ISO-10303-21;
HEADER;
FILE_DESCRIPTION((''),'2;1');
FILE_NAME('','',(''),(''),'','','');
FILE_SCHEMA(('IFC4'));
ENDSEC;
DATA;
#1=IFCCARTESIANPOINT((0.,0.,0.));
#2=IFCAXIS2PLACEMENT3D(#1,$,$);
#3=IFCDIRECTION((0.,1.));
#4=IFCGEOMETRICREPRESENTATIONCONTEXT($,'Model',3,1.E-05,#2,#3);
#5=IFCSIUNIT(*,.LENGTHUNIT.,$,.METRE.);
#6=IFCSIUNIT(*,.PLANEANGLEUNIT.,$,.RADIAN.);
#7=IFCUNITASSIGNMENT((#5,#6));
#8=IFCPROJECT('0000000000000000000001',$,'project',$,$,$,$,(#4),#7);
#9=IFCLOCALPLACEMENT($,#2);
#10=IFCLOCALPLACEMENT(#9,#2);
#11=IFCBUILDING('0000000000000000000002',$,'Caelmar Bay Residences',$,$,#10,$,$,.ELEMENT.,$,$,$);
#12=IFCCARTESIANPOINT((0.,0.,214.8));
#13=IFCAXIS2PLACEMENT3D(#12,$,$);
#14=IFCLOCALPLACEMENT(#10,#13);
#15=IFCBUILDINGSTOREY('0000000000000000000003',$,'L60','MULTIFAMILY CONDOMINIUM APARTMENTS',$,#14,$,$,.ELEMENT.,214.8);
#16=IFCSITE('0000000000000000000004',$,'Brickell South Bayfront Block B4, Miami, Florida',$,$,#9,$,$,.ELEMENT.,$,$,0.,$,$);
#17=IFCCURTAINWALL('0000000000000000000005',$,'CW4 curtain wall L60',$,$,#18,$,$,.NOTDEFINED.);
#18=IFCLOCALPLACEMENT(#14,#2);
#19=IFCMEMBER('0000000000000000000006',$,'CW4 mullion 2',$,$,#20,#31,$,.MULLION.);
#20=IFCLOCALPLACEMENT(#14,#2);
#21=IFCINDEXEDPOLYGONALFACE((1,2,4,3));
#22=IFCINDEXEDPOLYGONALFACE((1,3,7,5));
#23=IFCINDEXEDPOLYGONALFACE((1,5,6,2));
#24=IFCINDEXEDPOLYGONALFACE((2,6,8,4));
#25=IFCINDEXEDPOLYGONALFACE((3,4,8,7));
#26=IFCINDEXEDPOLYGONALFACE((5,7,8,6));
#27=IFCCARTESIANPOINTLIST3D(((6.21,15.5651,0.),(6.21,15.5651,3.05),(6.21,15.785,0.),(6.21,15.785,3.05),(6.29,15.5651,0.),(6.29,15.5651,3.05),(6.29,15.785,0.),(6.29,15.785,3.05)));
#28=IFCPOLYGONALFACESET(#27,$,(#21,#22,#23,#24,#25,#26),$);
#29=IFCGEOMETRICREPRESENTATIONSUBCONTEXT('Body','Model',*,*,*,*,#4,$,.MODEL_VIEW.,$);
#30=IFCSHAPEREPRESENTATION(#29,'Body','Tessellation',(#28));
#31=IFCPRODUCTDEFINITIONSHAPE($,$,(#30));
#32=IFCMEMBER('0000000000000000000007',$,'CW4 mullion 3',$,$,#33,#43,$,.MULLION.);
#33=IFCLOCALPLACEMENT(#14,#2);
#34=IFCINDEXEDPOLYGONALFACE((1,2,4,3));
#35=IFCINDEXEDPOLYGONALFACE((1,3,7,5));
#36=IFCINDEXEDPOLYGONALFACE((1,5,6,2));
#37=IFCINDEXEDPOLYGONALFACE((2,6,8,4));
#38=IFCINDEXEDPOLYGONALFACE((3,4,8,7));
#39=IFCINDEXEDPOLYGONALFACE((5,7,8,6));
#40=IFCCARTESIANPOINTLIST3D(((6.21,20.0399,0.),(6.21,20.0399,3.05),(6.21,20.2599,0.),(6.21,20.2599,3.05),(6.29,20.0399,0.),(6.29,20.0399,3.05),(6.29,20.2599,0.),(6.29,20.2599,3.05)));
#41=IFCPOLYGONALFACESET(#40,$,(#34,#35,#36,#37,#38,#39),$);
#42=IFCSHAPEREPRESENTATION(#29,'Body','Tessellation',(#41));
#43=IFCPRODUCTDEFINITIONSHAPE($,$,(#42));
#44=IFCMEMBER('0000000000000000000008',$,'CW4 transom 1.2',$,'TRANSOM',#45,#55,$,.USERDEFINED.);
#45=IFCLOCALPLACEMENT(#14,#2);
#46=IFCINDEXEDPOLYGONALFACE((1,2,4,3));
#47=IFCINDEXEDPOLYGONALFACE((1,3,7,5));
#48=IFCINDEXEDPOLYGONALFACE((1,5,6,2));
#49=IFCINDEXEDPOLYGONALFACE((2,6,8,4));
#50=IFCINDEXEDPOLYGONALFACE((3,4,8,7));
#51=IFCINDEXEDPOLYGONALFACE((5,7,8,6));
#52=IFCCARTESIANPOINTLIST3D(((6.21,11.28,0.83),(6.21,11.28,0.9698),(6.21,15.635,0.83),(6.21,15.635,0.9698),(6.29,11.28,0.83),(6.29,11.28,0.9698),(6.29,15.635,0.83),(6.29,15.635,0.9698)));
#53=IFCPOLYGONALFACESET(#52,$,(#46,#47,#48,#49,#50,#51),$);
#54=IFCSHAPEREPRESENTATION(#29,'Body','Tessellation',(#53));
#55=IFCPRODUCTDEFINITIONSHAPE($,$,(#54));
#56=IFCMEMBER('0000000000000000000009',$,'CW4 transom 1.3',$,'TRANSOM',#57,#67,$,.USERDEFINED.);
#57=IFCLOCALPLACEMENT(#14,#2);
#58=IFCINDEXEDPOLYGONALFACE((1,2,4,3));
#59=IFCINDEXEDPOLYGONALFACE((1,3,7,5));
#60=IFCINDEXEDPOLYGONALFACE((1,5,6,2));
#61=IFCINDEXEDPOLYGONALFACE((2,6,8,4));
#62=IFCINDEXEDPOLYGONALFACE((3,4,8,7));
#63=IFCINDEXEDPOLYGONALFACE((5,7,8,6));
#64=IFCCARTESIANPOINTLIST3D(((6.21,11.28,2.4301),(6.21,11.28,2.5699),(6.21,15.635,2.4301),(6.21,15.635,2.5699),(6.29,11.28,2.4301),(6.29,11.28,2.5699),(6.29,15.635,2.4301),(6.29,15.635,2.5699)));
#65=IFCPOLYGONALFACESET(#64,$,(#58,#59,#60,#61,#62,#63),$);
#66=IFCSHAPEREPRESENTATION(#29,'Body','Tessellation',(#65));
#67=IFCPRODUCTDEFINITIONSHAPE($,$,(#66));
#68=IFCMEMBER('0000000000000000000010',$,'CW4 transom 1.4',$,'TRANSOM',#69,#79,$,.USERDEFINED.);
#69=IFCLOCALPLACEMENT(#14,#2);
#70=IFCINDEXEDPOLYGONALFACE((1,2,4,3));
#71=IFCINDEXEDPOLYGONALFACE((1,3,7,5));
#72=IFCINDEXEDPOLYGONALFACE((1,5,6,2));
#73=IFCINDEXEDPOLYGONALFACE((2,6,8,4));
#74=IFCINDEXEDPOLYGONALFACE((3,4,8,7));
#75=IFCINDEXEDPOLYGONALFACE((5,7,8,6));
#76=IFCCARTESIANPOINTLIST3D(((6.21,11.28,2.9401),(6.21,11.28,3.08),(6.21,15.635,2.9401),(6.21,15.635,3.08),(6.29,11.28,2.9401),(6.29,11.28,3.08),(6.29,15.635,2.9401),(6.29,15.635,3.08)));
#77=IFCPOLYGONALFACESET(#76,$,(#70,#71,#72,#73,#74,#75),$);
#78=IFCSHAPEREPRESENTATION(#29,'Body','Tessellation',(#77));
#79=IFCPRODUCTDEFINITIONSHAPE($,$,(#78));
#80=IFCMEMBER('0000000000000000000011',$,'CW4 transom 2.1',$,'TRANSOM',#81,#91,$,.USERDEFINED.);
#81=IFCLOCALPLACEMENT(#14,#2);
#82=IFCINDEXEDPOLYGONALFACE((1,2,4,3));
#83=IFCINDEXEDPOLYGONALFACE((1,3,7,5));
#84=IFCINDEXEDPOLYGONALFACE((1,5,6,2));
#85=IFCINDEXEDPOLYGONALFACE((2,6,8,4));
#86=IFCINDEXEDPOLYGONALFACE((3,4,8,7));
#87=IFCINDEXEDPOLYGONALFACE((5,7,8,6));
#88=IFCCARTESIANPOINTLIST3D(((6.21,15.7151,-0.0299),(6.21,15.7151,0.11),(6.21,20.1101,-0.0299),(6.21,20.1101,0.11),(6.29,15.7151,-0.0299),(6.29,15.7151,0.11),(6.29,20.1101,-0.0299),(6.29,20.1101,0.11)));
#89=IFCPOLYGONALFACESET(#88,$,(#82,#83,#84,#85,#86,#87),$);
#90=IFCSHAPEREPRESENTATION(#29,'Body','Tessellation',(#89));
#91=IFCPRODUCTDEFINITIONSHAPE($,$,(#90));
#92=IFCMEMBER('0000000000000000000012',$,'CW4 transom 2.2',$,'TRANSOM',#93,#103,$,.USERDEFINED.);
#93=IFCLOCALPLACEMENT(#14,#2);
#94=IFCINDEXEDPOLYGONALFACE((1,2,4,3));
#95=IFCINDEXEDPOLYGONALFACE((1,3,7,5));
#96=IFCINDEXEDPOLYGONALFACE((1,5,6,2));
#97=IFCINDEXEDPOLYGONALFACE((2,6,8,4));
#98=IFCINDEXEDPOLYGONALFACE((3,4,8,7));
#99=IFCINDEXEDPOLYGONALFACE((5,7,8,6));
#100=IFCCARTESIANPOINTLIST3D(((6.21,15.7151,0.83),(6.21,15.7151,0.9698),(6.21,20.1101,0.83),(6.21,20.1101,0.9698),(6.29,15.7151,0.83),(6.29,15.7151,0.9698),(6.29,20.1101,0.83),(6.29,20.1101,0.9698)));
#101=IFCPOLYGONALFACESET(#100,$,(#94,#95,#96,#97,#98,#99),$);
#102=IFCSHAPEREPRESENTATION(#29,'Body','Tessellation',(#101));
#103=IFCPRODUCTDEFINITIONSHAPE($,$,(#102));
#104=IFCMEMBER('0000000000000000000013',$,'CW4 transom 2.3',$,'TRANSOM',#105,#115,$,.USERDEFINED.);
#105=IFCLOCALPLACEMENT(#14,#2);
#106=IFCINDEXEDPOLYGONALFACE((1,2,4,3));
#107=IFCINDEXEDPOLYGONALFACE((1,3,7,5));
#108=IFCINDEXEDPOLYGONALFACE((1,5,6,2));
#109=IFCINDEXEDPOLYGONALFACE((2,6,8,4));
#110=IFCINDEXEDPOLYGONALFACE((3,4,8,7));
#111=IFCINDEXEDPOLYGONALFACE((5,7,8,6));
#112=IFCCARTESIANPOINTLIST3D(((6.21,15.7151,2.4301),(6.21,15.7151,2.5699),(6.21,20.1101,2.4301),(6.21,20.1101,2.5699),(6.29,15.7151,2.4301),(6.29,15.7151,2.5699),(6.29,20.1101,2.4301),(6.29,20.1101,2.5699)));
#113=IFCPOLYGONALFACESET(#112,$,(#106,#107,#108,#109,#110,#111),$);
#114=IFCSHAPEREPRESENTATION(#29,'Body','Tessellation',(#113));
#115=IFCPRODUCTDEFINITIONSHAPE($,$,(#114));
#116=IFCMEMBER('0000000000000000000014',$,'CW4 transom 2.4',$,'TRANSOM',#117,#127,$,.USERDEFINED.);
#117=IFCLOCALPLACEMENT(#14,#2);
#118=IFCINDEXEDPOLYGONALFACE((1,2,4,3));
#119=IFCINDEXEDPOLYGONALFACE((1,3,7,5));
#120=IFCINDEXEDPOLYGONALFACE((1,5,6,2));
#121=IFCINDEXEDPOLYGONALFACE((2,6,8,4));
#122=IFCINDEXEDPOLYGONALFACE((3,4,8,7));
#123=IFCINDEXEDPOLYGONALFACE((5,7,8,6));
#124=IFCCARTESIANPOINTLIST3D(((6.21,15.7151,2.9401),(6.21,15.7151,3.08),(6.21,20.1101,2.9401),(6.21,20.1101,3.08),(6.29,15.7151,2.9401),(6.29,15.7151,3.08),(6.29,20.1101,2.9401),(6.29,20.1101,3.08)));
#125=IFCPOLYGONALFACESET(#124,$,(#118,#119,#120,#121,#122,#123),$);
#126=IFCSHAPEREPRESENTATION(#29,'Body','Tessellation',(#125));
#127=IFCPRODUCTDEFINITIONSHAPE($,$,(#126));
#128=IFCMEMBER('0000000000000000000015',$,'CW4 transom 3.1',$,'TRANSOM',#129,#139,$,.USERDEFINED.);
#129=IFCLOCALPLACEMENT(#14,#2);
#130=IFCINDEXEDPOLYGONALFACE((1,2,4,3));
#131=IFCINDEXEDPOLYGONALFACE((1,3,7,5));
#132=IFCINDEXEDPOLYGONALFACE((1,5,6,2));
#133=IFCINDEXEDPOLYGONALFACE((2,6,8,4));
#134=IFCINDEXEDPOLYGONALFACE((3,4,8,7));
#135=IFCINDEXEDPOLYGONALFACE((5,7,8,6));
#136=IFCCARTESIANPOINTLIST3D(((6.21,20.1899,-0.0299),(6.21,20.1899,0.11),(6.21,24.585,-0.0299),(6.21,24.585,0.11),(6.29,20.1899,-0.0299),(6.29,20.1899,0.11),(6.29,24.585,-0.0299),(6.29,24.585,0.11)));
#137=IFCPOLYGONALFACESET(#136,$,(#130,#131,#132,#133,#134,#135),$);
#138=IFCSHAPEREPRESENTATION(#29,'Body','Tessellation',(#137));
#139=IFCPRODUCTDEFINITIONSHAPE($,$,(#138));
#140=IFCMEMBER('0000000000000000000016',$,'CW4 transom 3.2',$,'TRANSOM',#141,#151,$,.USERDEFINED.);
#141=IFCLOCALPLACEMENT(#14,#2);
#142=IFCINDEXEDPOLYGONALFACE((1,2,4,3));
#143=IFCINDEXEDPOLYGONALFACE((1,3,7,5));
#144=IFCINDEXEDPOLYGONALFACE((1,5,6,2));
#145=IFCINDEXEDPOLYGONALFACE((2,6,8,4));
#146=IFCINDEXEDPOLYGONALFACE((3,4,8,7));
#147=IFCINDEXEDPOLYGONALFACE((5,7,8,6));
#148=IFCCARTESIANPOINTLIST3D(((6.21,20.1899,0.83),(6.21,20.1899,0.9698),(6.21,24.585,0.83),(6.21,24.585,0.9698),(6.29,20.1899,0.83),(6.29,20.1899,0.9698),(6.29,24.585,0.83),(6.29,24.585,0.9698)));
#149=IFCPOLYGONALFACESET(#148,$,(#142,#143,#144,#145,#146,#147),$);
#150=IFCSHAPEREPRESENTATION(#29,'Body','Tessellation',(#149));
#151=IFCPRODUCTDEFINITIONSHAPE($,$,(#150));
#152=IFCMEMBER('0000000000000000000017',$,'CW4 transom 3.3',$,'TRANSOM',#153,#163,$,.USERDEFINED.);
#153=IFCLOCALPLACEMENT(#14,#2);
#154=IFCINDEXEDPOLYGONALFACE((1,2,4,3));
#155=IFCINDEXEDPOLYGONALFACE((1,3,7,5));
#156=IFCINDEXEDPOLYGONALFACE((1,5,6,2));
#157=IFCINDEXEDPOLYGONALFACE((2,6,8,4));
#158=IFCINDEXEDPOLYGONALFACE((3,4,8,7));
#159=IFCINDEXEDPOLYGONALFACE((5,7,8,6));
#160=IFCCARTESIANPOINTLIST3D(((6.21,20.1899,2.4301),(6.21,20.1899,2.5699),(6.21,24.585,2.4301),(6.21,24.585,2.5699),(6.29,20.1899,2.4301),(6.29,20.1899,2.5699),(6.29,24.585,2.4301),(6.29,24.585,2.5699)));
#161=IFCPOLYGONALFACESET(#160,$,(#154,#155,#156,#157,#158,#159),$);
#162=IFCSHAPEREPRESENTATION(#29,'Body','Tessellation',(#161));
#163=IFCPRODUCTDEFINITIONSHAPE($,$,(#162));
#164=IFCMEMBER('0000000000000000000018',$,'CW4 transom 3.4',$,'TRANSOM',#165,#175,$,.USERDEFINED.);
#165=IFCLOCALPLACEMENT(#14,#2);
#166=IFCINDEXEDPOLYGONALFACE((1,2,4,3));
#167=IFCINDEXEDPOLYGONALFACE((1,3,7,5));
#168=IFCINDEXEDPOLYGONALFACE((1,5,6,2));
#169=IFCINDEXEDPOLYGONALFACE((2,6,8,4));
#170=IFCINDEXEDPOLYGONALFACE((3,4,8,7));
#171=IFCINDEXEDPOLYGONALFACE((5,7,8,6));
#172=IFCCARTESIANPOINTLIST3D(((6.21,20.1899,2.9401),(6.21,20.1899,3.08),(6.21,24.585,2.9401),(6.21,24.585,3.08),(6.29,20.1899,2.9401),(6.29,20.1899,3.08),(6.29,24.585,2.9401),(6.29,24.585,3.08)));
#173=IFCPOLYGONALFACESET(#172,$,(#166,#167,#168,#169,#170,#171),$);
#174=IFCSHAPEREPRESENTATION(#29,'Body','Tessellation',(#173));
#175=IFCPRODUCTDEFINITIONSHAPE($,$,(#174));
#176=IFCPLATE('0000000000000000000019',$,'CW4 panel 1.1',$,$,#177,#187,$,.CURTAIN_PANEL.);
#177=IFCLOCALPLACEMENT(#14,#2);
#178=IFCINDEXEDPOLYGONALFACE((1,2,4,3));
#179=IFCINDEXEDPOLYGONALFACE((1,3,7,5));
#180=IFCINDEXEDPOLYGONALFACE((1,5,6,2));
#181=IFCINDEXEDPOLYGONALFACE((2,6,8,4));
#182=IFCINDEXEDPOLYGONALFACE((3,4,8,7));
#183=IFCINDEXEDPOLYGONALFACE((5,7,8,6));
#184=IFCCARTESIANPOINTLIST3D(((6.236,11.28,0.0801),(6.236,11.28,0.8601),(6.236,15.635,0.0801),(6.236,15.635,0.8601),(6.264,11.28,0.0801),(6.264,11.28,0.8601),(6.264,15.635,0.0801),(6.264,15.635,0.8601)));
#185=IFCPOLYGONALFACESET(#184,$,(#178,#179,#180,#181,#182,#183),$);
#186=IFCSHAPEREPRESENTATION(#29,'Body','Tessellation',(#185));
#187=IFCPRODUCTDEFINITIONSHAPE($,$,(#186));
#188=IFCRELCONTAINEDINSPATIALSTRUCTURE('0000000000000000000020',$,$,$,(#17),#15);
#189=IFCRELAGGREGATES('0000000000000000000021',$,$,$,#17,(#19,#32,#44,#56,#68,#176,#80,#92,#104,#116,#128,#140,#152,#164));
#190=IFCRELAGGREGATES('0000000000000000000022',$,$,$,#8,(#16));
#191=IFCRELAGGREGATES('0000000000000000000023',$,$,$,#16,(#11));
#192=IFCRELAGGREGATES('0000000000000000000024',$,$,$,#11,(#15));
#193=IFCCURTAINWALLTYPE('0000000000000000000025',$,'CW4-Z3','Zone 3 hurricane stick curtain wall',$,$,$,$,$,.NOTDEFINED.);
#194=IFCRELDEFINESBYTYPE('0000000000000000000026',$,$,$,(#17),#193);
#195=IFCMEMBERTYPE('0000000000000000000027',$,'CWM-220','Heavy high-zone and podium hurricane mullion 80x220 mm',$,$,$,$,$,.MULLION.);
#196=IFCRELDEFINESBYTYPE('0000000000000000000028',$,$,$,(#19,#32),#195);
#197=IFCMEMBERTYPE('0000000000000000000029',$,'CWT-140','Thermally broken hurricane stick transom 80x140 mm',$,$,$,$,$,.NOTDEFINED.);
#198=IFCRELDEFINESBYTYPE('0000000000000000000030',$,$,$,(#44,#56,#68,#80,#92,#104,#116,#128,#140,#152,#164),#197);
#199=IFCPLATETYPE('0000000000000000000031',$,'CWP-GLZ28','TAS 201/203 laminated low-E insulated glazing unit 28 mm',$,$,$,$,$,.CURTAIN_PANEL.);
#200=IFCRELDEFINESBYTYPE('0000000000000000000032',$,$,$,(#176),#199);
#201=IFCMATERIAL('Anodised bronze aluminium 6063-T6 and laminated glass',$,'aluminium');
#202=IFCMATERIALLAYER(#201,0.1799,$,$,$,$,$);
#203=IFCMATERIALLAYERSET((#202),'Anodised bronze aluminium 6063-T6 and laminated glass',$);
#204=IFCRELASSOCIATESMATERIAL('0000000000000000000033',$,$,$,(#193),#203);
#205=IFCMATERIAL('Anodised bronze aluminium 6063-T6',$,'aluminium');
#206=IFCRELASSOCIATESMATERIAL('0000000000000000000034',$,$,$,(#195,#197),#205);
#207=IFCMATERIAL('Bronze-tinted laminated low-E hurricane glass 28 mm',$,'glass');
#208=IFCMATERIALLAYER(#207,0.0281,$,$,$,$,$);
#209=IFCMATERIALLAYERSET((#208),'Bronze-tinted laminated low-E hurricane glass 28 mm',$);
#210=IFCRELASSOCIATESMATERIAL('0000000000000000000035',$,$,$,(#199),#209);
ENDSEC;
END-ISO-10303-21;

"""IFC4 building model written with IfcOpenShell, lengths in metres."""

from ifc_helpers import new_model, si_unit, direction, frame, origin, origin_2d, place, context, subcontext, project, spatial, rectangle, extrude, material, layer, layer_set, material_profile, profile_set, type_object, element, aggregate, save


model = new_model("IFC4")

# Units and contexts
model_context = context("Model", 3, precision=1e-05, world=origin(), true_north=direction((0.0, 1.0)))
body_context = subcontext(model_context, "Body", "Model", "MODEL_VIEW")
ifc_project = project(units=[si_unit("LENGTHUNIT", "METRE"), si_unit("PLANEANGLEUNIT", "RADIAN")], contexts=[model_context])

# Site, building, storey
site_placement = place(None, origin())
site = spatial("IfcSite", under=ifc_project, at=site_placement, Name="Brickell South Bayfront Block B4, Miami, Florida", CompositionType="ELEMENT", RefElevation=0.0)
building_placement = place(site_placement, origin())
building = spatial("IfcBuilding", under=site, at=building_placement, Name="Caelmar Bay Residences", CompositionType="ELEMENT")
storey_placement = place(building_placement, frame((0.0, 0.0, 214.8)))
storey = spatial("IfcBuildingStorey", under=building, at=storey_placement, Name="L60", Description="MULTIFAMILY CONDOMINIUM APARTMENTS", CompositionType="ELEMENT", Elevation=214.8)

# Curtain wall, members, plate
ifc_material_1 = material(Name="Anodised bronze aluminium 6063-T6 and laminated glass", Category="aluminium")
ifc_layer_1 = layer(ifc_material_1, 0.1799)
ifc_layer_set_1 = layer_set([ifc_layer_1], Name="Anodised bronze aluminium 6063-T6 and laminated glass")
curtain_wall_type = type_object("IfcCurtainWallType", Name="CW4-Z3", Description="Zone 3 hurricane stick curtain wall", PredefinedType="NOTDEFINED", material=ifc_layer_set_1)
curtain_wall_placement = place(storey_placement, origin())
curtain_wall = element("IfcCurtainWall", 1, at=curtain_wall_placement, inside=storey, type_object=curtain_wall_type, Name="CW4 curtain wall L60", PredefinedType="NOTDEFINED")
ifc_material_2 = material(Name="Anodised bronze aluminium 6063-T6", Category="aluminium")
ifc_material_profile_1 = material_profile(ifc_material_2, rectangle(XDim=0.0801, YDim=0.22, at=origin_2d()), Name="CWM-80X220")
ifc_profile_set_1 = profile_set([ifc_material_profile_1], Name="Anodised bronze aluminium 6063-T6")
member_type_1 = type_object("IfcMemberType", Name="CWM-220", Description="Heavy high-zone and podium hurricane mullion 80x220 mm", PredefinedType="MULLION", material=ifc_profile_set_1)
member_1_placement = place(storey_placement, frame((6.25, 15.675, 0.0), z_axis=(0.0, 0.0, 1.0), x_axis=(-1.0, 0.0, 0.0)))
member_1 = element("IfcMember", 2, at=member_1_placement, type_object=member_type_1, Name="CW4 mullion 2", PredefinedType="MULLION", context=body_context, shape_type="SweptSolid", body=[
    extrude(rectangle(XDim=0.0801, YDim=0.22, at=origin_2d()), origin(), (0.0, 0.0, 1.0), 3.05),
])
member_2_placement = place(storey_placement, frame((6.25, 20.1499, 0.0), z_axis=(0.0, 0.0, 1.0), x_axis=(-1.0, 0.0, 0.0)))
member_2 = element("IfcMember", 3, at=member_2_placement, type_object=member_type_1, Name="CW4 mullion 3", PredefinedType="MULLION", context=body_context, shape_type="SweptSolid", body=[
    extrude(rectangle(XDim=0.0801, YDim=0.22, at=origin_2d()), origin(), (0.0, 0.0, 1.0), 3.05),
])
ifc_material_profile_2 = material_profile(ifc_material_2, rectangle(XDim=0.0801, YDim=0.1399, at=origin_2d()), Name="CWT-80X140")
ifc_profile_set_2 = profile_set([ifc_material_profile_2], Name="Anodised bronze aluminium 6063-T6")
member_type_2 = type_object("IfcMemberType", Name="CWT-140", Description="Thermally broken hurricane stick transom 80x140 mm", PredefinedType="NOTDEFINED", material=ifc_profile_set_2)
member_3_placement = place(storey_placement, frame((6.25, 11.28, 0.8999), z_axis=(0.0, 1.0, 0.0), x_axis=(-1.0, 0.0, 0.0)))
member_3 = element("IfcMember", 4, at=member_3_placement, type_object=member_type_2, Name="CW4 transom 1.2", ObjectType="TRANSOM", PredefinedType="USERDEFINED", context=body_context, shape_type="SweptSolid", body=[
    extrude(rectangle(XDim=0.0801, YDim=0.1399, at=origin_2d()), origin(), (0.0, 0.0, 1.0), 4.355),
])
member_4_placement = place(storey_placement, frame((6.25, 11.28, 2.5), z_axis=(0.0, 1.0, 0.0), x_axis=(-1.0, 0.0, 0.0)))
member_4 = element("IfcMember", 5, at=member_4_placement, type_object=member_type_2, Name="CW4 transom 1.3", ObjectType="TRANSOM", PredefinedType="USERDEFINED", context=body_context, shape_type="SweptSolid", body=[
    extrude(rectangle(XDim=0.0801, YDim=0.1399, at=origin_2d()), origin(), (0.0, 0.0, 1.0), 4.355),
])
member_5_placement = place(storey_placement, frame((6.25, 11.28, 3.01), z_axis=(0.0, 1.0, 0.0), x_axis=(-1.0, 0.0, 0.0)))
member_5 = element("IfcMember", 6, at=member_5_placement, type_object=member_type_2, Name="CW4 transom 1.4", ObjectType="TRANSOM", PredefinedType="USERDEFINED", context=body_context, shape_type="SweptSolid", body=[
    extrude(rectangle(XDim=0.0801, YDim=0.1399, at=origin_2d()), origin(), (0.0, 0.0, 1.0), 4.355),
])
member_6_placement = place(storey_placement, frame((6.25, 15.7151, 0.04), z_axis=(0.0, 1.0, 0.0), x_axis=(-1.0, 0.0, 0.0)))
member_6 = element("IfcMember", 7, at=member_6_placement, type_object=member_type_2, Name="CW4 transom 2.1", ObjectType="TRANSOM", PredefinedType="USERDEFINED", context=body_context, shape_type="SweptSolid", body=[
    extrude(rectangle(XDim=0.0801, YDim=0.1399, at=origin_2d()), origin(), (0.0, 0.0, 1.0), 4.395),
])
member_7_placement = place(storey_placement, frame((6.25, 15.7151, 0.8999), z_axis=(0.0, 1.0, 0.0), x_axis=(-1.0, 0.0, 0.0)))
member_7 = element("IfcMember", 8, at=member_7_placement, type_object=member_type_2, Name="CW4 transom 2.2", ObjectType="TRANSOM", PredefinedType="USERDEFINED", context=body_context, shape_type="SweptSolid", body=[
    extrude(rectangle(XDim=0.0801, YDim=0.1399, at=origin_2d()), origin(), (0.0, 0.0, 1.0), 4.395),
])
member_8_placement = place(storey_placement, frame((6.25, 15.7151, 2.5), z_axis=(0.0, 1.0, 0.0), x_axis=(-1.0, 0.0, 0.0)))
member_8 = element("IfcMember", 9, at=member_8_placement, type_object=member_type_2, Name="CW4 transom 2.3", ObjectType="TRANSOM", PredefinedType="USERDEFINED", context=body_context, shape_type="SweptSolid", body=[
    extrude(rectangle(XDim=0.0801, YDim=0.1399, at=origin_2d()), origin(), (0.0, 0.0, 1.0), 4.395),
])
member_9_placement = place(storey_placement, frame((6.25, 15.7151, 3.01), z_axis=(0.0, 1.0, 0.0), x_axis=(-1.0, 0.0, 0.0)))
member_9 = element("IfcMember", 10, at=member_9_placement, type_object=member_type_2, Name="CW4 transom 2.4", ObjectType="TRANSOM", PredefinedType="USERDEFINED", context=body_context, shape_type="SweptSolid", body=[
    extrude(rectangle(XDim=0.0801, YDim=0.1399, at=origin_2d()), origin(), (0.0, 0.0, 1.0), 4.395),
])
member_10_placement = place(storey_placement, frame((6.25, 20.1899, 0.04), z_axis=(0.0, 1.0, 0.0), x_axis=(-1.0, 0.0, 0.0)))
member_10 = element("IfcMember", 11, at=member_10_placement, type_object=member_type_2, Name="CW4 transom 3.1", ObjectType="TRANSOM", PredefinedType="USERDEFINED", context=body_context, shape_type="SweptSolid", body=[
    extrude(rectangle(XDim=0.0801, YDim=0.1399, at=origin_2d()), origin(), (0.0, 0.0, 1.0), 4.395),
])
member_11_placement = place(storey_placement, frame((6.25, 20.1899, 0.8999), z_axis=(0.0, 1.0, 0.0), x_axis=(-1.0, 0.0, 0.0)))
member_11 = element("IfcMember", 12, at=member_11_placement, type_object=member_type_2, Name="CW4 transom 3.2", ObjectType="TRANSOM", PredefinedType="USERDEFINED", context=body_context, shape_type="SweptSolid", body=[
    extrude(rectangle(XDim=0.0801, YDim=0.1399, at=origin_2d()), origin(), (0.0, 0.0, 1.0), 4.395),
])
member_12_placement = place(storey_placement, frame((6.25, 20.1899, 2.5), z_axis=(0.0, 1.0, 0.0), x_axis=(-1.0, 0.0, 0.0)))
member_12 = element("IfcMember", 13, at=member_12_placement, type_object=member_type_2, Name="CW4 transom 3.3", ObjectType="TRANSOM", PredefinedType="USERDEFINED", context=body_context, shape_type="SweptSolid", body=[
    extrude(rectangle(XDim=0.0801, YDim=0.1399, at=origin_2d()), origin(), (0.0, 0.0, 1.0), 4.395),
])
member_13_placement = place(storey_placement, frame((6.25, 20.1899, 3.01), z_axis=(0.0, 1.0, 0.0), x_axis=(-1.0, 0.0, 0.0)))
member_13 = element("IfcMember", 14, at=member_13_placement, type_object=member_type_2, Name="CW4 transom 3.4", ObjectType="TRANSOM", PredefinedType="USERDEFINED", context=body_context, shape_type="SweptSolid", body=[
    extrude(rectangle(XDim=0.0801, YDim=0.1399, at=origin_2d()), origin(), (0.0, 0.0, 1.0), 4.395),
])
ifc_material_3 = material(Name="Bronze-tinted laminated low-E hurricane glass 28 mm", Category="glass")
ifc_layer_2 = layer(ifc_material_3, 0.0281)
ifc_layer_set_2 = layer_set([ifc_layer_2], Name="Bronze-tinted laminated low-E hurricane glass 28 mm")
plate_type = type_object("IfcPlateType", Name="CWP-GLZ28", Description="TAS 201/203 laminated low-E insulated glazing unit 28 mm", PredefinedType="CURTAIN_PANEL", material=ifc_layer_set_2)
plate_1_placement = place(storey_placement, frame((6.25, 13.4575, 0.0801), z_axis=(0.0, 0.0, 1.0), x_axis=(0.0, 1.0, 0.0)))
plate_1 = element("IfcPlate", 15, at=plate_1_placement, type_object=plate_type, Name="CW4 panel 1.1", PredefinedType="CURTAIN_PANEL", context=body_context, shape_type="SweptSolid", body=[
    extrude(rectangle(XDim=4.355, YDim=0.0281, at=origin_2d()), origin(), (0.0, 0.0, 1.0), 0.78),
])
aggregate(curtain_wall, [member_1, member_2, member_3, member_4, member_5, plate_1, member_6, member_7, member_8, member_9, member_10, member_11, member_12, member_13])

save(model, "model.ifc")
